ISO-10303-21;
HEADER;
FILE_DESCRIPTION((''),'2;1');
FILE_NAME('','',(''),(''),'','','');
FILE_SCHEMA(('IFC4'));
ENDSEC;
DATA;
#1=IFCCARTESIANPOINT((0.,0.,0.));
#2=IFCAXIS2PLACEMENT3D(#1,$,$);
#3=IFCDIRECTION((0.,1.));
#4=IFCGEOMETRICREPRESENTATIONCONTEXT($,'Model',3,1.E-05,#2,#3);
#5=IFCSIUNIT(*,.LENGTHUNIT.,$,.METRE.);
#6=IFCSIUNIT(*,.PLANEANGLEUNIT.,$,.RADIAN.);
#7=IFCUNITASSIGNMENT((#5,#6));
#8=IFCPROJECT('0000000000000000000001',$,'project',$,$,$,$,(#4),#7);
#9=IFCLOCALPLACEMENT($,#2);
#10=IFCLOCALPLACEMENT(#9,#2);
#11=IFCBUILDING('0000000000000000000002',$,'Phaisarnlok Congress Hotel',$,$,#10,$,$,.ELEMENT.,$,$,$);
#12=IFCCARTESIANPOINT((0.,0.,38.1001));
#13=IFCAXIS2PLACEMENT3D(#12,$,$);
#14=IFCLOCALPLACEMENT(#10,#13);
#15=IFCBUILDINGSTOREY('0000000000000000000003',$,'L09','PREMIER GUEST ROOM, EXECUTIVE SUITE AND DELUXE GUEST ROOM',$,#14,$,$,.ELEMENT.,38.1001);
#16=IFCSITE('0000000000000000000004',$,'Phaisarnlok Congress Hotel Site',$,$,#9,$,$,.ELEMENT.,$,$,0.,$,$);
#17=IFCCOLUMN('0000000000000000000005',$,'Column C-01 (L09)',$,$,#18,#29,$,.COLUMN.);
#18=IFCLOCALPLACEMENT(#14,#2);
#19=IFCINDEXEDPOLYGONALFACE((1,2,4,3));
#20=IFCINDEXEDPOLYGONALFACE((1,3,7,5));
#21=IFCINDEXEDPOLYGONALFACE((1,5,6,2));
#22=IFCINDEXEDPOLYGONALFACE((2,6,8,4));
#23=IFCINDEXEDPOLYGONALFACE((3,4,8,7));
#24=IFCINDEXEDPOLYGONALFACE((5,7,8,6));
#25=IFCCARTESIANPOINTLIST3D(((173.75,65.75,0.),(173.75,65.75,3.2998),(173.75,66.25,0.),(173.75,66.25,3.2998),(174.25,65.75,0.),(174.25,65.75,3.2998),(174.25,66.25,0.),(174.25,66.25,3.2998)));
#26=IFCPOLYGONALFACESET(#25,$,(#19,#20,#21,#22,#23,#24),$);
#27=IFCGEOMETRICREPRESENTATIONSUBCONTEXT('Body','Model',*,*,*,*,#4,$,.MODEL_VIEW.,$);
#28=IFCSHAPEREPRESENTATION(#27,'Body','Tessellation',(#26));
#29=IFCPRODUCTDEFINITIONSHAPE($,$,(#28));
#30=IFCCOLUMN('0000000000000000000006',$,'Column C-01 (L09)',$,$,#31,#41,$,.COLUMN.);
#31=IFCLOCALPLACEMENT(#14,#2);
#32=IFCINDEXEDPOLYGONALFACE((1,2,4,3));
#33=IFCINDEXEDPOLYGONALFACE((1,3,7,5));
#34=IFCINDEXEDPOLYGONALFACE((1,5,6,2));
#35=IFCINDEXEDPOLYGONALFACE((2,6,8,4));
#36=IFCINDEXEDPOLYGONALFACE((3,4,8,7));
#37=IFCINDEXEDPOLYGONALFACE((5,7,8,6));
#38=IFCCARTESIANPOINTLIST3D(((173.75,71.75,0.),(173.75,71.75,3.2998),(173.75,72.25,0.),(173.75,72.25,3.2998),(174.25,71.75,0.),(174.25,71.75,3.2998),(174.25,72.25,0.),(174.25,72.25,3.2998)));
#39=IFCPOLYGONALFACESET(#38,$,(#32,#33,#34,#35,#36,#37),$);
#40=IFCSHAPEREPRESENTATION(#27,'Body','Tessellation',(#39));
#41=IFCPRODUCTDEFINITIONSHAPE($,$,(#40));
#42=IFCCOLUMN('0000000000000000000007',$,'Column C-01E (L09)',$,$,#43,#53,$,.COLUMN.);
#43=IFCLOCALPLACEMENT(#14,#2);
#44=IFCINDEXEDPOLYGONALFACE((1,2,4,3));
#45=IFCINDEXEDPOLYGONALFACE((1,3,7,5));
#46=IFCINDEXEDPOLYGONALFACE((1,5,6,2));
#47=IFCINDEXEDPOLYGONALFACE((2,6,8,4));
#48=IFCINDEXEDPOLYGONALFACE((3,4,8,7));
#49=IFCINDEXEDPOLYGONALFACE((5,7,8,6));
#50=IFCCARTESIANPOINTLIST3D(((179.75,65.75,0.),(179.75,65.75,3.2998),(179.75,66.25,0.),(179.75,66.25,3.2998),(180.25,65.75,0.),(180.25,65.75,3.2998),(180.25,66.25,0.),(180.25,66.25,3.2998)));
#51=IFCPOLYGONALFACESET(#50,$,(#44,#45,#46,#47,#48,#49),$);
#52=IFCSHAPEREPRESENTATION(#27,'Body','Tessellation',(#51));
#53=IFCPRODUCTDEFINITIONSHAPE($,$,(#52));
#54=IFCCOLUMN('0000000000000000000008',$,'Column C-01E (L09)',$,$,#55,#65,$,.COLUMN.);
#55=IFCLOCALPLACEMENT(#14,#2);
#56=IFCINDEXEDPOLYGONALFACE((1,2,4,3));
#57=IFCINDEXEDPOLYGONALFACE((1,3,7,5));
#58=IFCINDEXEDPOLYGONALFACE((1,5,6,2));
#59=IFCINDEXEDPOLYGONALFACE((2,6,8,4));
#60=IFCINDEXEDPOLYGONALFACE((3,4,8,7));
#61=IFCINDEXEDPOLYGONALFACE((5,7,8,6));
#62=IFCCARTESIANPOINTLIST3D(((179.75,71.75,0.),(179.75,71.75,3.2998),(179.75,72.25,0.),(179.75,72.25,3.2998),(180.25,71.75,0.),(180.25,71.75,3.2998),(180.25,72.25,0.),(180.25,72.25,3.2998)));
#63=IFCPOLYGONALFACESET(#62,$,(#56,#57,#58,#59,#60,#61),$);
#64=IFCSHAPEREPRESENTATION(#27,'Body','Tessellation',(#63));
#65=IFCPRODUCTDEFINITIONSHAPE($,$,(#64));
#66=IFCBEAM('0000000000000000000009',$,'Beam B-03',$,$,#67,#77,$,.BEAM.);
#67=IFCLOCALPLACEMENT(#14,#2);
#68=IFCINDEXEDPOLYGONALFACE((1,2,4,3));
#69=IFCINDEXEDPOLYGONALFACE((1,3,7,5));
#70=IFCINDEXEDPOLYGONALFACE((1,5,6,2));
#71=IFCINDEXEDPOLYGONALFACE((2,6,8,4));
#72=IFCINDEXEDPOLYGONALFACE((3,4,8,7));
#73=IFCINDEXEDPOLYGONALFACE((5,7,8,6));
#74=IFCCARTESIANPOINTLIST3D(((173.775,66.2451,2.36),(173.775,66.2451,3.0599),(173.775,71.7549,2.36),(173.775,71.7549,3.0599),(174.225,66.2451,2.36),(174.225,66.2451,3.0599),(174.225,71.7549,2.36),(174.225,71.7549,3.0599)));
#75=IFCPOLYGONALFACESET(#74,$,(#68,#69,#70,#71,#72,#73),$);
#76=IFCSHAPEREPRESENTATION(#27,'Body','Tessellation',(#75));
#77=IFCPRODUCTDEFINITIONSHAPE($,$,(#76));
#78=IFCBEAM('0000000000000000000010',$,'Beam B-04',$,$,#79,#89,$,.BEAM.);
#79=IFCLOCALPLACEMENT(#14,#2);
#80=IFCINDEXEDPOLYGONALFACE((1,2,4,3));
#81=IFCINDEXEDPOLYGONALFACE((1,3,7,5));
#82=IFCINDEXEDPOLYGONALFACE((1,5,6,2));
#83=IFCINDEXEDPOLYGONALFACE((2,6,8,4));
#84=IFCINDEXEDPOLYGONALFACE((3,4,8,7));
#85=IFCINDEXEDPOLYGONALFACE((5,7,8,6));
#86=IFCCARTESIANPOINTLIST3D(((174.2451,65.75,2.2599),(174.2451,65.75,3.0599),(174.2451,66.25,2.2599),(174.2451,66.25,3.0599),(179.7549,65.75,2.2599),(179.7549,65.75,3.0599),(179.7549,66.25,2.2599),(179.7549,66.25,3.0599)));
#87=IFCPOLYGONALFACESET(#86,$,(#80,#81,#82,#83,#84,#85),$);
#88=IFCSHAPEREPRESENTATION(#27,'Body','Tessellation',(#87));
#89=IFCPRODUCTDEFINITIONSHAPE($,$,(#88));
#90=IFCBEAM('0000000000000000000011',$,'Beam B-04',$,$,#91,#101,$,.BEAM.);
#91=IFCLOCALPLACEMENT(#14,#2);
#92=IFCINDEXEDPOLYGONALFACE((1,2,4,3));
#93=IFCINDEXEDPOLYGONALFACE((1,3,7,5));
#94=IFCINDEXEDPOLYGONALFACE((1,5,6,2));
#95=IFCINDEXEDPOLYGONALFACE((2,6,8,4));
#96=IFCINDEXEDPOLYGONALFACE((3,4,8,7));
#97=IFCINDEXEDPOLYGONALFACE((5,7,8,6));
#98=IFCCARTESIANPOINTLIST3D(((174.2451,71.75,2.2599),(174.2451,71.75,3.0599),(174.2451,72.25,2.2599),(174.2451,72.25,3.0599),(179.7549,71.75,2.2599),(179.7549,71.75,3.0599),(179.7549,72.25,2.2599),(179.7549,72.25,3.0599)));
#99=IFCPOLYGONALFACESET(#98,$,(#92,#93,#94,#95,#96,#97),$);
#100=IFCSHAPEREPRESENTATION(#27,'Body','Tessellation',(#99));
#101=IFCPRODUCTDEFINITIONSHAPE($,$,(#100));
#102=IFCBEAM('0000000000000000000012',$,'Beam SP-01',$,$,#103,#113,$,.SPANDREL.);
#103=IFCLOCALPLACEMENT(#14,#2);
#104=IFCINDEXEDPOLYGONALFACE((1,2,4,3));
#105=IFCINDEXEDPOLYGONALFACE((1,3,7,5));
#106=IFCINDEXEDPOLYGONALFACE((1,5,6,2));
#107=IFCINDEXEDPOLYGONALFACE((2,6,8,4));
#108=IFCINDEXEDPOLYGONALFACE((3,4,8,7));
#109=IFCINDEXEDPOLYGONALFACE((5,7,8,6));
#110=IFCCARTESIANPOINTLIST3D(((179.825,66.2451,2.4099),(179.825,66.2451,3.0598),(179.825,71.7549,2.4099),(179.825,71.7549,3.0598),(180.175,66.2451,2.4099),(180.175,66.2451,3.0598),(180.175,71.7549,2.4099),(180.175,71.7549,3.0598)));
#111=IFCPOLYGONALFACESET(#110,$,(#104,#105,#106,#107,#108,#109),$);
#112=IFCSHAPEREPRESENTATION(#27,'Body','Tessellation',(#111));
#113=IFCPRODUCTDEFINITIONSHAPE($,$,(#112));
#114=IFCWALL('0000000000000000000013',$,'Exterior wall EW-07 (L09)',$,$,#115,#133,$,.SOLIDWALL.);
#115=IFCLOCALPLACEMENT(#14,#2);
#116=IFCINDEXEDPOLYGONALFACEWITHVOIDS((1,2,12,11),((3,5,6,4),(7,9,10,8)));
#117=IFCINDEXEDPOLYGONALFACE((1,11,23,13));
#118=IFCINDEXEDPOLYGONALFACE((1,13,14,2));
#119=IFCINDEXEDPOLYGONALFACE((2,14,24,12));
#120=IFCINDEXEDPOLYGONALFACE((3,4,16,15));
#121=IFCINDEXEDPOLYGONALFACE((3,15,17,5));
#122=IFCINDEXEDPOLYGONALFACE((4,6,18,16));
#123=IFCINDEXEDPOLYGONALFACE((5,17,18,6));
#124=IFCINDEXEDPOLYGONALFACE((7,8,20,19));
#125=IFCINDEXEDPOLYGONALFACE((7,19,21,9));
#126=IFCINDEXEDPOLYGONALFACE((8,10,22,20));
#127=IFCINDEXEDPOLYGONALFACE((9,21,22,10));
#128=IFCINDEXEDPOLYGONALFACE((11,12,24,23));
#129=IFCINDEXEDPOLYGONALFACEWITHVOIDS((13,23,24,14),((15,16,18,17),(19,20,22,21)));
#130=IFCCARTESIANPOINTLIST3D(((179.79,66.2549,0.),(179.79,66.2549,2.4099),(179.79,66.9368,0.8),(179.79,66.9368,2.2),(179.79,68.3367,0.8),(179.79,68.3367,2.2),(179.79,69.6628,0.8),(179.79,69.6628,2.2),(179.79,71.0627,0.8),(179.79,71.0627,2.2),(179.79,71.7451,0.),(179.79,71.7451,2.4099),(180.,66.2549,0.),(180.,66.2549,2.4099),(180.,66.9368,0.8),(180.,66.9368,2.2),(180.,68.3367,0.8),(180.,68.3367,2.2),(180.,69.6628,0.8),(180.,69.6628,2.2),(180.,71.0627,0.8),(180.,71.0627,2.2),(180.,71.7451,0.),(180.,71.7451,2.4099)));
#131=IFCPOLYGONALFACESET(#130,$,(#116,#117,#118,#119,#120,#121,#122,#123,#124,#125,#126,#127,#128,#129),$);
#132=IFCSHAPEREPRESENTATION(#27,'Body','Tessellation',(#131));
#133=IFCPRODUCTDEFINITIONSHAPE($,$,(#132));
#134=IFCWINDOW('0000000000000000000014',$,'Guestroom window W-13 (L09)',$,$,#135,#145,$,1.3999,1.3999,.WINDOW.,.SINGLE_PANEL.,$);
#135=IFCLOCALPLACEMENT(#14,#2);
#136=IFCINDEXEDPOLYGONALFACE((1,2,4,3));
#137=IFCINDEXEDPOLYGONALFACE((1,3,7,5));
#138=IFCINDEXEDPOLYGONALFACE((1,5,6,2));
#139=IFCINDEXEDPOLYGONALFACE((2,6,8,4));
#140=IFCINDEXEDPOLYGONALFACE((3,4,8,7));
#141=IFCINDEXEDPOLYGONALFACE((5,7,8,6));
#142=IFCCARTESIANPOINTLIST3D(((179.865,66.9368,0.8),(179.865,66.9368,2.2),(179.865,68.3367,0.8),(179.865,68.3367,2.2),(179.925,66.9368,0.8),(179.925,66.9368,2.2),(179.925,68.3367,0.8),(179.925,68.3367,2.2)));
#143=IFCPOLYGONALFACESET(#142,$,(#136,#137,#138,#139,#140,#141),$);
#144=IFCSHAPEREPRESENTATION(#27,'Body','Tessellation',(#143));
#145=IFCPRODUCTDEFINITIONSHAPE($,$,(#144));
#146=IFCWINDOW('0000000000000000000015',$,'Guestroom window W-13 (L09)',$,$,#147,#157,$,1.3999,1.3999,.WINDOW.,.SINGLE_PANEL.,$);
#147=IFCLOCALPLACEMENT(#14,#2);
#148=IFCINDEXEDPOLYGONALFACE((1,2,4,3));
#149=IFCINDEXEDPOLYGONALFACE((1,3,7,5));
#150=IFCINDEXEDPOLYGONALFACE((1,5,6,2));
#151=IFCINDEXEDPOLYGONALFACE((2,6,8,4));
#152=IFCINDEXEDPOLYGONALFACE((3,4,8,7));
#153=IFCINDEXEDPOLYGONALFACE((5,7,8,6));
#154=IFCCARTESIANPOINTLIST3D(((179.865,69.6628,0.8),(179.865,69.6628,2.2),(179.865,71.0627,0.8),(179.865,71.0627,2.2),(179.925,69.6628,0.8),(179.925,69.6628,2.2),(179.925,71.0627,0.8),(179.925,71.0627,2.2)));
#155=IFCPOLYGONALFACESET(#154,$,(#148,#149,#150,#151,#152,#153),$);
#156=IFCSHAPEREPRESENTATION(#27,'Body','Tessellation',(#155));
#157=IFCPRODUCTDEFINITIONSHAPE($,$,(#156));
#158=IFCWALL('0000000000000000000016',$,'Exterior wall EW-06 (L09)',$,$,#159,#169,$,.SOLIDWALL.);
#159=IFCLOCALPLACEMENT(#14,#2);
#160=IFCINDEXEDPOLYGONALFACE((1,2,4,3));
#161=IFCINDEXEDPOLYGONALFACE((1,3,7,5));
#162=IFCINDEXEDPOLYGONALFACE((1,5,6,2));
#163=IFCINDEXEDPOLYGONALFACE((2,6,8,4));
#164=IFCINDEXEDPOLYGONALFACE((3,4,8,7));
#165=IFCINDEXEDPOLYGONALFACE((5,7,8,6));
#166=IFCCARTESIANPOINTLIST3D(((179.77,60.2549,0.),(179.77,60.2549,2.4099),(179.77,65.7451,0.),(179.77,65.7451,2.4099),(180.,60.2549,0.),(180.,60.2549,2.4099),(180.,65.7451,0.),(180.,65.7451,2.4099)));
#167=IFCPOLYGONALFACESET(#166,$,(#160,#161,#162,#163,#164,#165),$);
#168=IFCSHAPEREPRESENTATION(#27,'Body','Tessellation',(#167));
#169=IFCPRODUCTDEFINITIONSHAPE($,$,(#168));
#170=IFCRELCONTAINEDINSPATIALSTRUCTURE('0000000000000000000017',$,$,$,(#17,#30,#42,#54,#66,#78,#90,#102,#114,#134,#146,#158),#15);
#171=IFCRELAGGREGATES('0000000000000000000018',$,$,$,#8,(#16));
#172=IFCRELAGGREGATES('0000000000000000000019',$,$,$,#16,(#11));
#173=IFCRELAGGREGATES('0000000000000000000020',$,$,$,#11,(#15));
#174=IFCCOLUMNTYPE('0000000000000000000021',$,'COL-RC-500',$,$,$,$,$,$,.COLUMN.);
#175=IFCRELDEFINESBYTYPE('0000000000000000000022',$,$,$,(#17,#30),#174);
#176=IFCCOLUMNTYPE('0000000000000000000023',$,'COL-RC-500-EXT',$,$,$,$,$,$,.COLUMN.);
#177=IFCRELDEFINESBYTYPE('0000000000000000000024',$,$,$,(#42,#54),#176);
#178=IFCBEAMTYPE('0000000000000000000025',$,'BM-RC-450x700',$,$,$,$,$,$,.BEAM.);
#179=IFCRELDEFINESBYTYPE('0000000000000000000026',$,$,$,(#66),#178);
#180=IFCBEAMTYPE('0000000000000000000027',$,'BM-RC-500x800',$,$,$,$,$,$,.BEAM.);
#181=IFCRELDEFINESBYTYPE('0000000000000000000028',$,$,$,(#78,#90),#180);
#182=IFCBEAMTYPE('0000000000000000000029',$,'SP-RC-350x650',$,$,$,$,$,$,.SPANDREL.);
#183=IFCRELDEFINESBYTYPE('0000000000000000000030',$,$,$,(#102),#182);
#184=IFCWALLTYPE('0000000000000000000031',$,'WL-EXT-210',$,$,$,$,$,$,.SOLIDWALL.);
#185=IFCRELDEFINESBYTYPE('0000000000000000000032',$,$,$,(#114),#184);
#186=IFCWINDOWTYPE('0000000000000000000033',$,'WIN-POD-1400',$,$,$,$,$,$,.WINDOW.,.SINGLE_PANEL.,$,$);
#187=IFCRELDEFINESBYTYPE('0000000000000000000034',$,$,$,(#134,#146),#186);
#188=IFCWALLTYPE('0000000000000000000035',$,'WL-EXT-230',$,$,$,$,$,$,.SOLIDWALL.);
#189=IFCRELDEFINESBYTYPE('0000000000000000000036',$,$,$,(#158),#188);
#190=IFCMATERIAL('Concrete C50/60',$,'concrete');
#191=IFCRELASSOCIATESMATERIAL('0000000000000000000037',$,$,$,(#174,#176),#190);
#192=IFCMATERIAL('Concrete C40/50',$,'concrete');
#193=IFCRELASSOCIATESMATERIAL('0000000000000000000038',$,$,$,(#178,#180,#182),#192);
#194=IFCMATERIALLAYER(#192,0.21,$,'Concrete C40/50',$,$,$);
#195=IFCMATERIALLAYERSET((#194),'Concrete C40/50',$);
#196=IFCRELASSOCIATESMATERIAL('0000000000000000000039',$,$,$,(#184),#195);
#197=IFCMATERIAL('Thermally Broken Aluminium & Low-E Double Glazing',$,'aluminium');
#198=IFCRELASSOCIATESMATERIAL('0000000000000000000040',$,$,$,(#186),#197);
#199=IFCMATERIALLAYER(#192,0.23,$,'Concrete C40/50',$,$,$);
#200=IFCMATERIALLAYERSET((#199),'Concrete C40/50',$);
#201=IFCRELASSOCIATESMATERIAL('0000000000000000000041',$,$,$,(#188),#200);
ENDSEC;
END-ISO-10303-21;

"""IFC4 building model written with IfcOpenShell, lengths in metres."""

from ifc_helpers import new_model, si_unit, direction, frame, frame_2d, origin, origin_2d, place, context, subcontext, project, spatial, rectangle, extrude, material, layer, layer_set, material_profile, profile_set, type_object, element, fill, save


model = new_model("IFC4")

# Units and contexts
model_context = context("Model", 3, precision=1e-05, world=origin(), true_north=direction((0.0, 1.0)))
body_context = subcontext(model_context, "Body", "Model", "MODEL_VIEW")
ifc_project = project(units=[si_unit("LENGTHUNIT", "METRE"), si_unit("PLANEANGLEUNIT", "RADIAN")], contexts=[model_context])

# Site, building, storey
site_placement = place(None, origin())
site = spatial("IfcSite", under=ifc_project, at=site_placement, Name="Phaisarnlok Congress Hotel Site", CompositionType="ELEMENT", RefElevation=0.0)
building_placement = place(site_placement, origin())
building = spatial("IfcBuilding", under=site, at=building_placement, Name="Phaisarnlok Congress Hotel", CompositionType="ELEMENT")
storey_placement = place(building_placement, frame((0.0, 0.0, 38.1001)))
storey = spatial("IfcBuildingStorey", under=building, at=storey_placement, Name="L09", Description="PREMIER GUEST ROOM, EXECUTIVE SUITE AND DELUXE GUEST ROOM", CompositionType="ELEMENT", Elevation=38.1001)

# Columns
ifc_material_1 = material(Name="Concrete C50/60", Category="concrete")
ifc_material_profile_1 = material_profile(ifc_material_1, rectangle(XDim=0.5, YDim=0.5, at=origin_2d()), Name="RC 500x500")
ifc_profile_set_1 = profile_set([ifc_material_profile_1], Name="Concrete C50/60")
column_type_1 = type_object("IfcColumnType", Name="COL-RC-500", PredefinedType="COLUMN", material=ifc_profile_set_1)
for number, where, z_axis, x_axis, name in (
    (1, (174.0, 66.0, 0.0), (0.0, 0.0, 1.0), (1.0, 0.0, 0.0), "Column C-01 (L09)"),
    (2, (174.0, 72.0, 0.0), (0.0, 0.0, 1.0), (1.0, 0.0, 0.0), "Column C-01 (L09)"),
):
    element("IfcColumn", number, at=place(storey_placement, frame(where, z_axis=z_axis, x_axis=x_axis)), inside=storey, type_object=column_type_1, Name=name, PredefinedType="COLUMN", context=body_context, shape_type="SweptSolid", body=[
        extrude(rectangle(XDim=0.5, YDim=0.5, at=origin_2d()), origin(), (0.0, 0.0, 1.0), 3.2998),
    ])
ifc_material_profile_2 = material_profile(ifc_material_1, rectangle(XDim=0.5, YDim=0.5, at=origin_2d()), Name="RC 500x500")
ifc_profile_set_2 = profile_set([ifc_material_profile_2], Name="Concrete C50/60")
column_type_2 = type_object("IfcColumnType", Name="COL-RC-500-EXT", PredefinedType="COLUMN", material=ifc_profile_set_2)
for number, where, z_axis, x_axis, name in (
    (3, (180.0, 66.0, 0.0), (0.0, 0.0, 1.0), (1.0, 0.0, 0.0), "Column C-01E (L09)"),
    (4, (180.0, 72.0, 0.0), (0.0, 0.0, 1.0), (1.0, 0.0, 0.0), "Column C-01E (L09)"),
):
    element("IfcColumn", number, at=place(storey_placement, frame(where, z_axis=z_axis, x_axis=x_axis)), inside=storey, type_object=column_type_2, Name=name, PredefinedType="COLUMN", context=body_context, shape_type="SweptSolid", body=[
        extrude(rectangle(XDim=0.5, YDim=0.5, at=origin_2d()), origin(), (0.0, 0.0, 1.0), 3.2998),
    ])

# Beams
ifc_material_2 = material(Name="Concrete C40/50", Category="concrete")
ifc_material_profile_3 = material_profile(ifc_material_2, rectangle(XDim=0.45, YDim=0.7, at=origin_2d()), Name="RC 450x700")
ifc_profile_set_3 = profile_set([ifc_material_profile_3], Name="Concrete C40/50")
beam_type_1 = type_object("IfcBeamType", Name="BM-RC-450x700", PredefinedType="BEAM", material=ifc_profile_set_3)
beam_1_placement = place(storey_placement, frame((174.0, 66.2451, 2.71), z_axis=(0.0, 1.0, 0.0), x_axis=(-1.0, 0.0, 0.0)))
element("IfcBeam", 5, at=beam_1_placement, inside=storey, type_object=beam_type_1, Name="Beam B-03", PredefinedType="BEAM", context=body_context, shape_type="SweptSolid", body=[
    extrude(rectangle(XDim=0.45, YDim=0.7, at=origin_2d()), origin(), (0.0, 0.0, 1.0), 5.5098),
])
ifc_material_profile_4 = material_profile(ifc_material_2, rectangle(XDim=0.5, YDim=0.8, at=origin_2d()), Name="RC 500x800")
ifc_profile_set_4 = profile_set([ifc_material_profile_4], Name="Concrete C40/50")
beam_type_2 = type_object("IfcBeamType", Name="BM-RC-500x800", PredefinedType="BEAM", material=ifc_profile_set_4)
for number, where, z_axis, x_axis, name in (
    (6, (174.2451, 66.0, 2.6599), (1.0, 0.0, 0.0), (0.0, 1.0, 0.0), "Beam B-04"),
    (7, (174.2451, 72.0, 2.6599), (1.0, 0.0, 0.0), (0.0, 1.0, 0.0), "Beam B-04"),
):
    element("IfcBeam", number, at=place(storey_placement, frame(where, z_axis=z_axis, x_axis=x_axis)), inside=storey, type_object=beam_type_2, Name=name, PredefinedType="BEAM", context=body_context, shape_type="SweptSolid", body=[
        extrude(rectangle(XDim=0.5, YDim=0.8, at=origin_2d()), origin(), (0.0, 0.0, 1.0), 5.5098),
    ])
ifc_material_profile_5 = material_profile(ifc_material_2, rectangle(XDim=0.3501, YDim=0.6499, at=origin_2d()), Name="RC 350x650")
ifc_profile_set_5 = profile_set([ifc_material_profile_5], Name="Concrete C40/50")
beam_type_3 = type_object("IfcBeamType", Name="SP-RC-350x650", PredefinedType="SPANDREL", material=ifc_profile_set_5)
beam_2_placement = place(storey_placement, frame((180.0, 66.2451, 2.7349), z_axis=(0.0, 1.0, 0.0), x_axis=(-1.0, 0.0, 0.0)))
element("IfcBeam", 8, at=beam_2_placement, inside=storey, type_object=beam_type_3, Name="Beam SP-01", PredefinedType="SPANDREL", context=body_context, shape_type="SweptSolid", body=[
    extrude(rectangle(XDim=0.3501, YDim=0.6499, at=origin_2d()), origin(), (0.0, 0.0, 1.0), 5.5098),
])

# Wall, openings, windows
ifc_layer_1 = layer(ifc_material_2, 0.21, Name="Concrete C40/50")
ifc_layer_set_1 = layer_set([ifc_layer_1], Name="Concrete C40/50")
wall_type_1 = type_object("IfcWallType", Name="WL-EXT-210", PredefinedType="SOLIDWALL", material=ifc_layer_set_1)
wall_1_placement = place(storey_placement, frame((179.895, 66.2549, 0.0), z_axis=(0.0, 0.0, 1.0), x_axis=(0.0, 1.0, 0.0)))
wall_1 = element("IfcWall", 9, at=wall_1_placement, inside=storey, type_object=wall_type_1, Name="Exterior wall EW-07 (L09)", PredefinedType="SOLIDWALL", context=body_context, shape_type="SweptSolid", body=[
    extrude(rectangle(XDim=5.4902, YDim=0.21, at=frame_2d((2.7451, 0.0))), origin(), (0.0, 0.0, 1.0), 2.4099),
])
opening_1_placement = place(wall_1_placement, frame((0.6819, 0.0, 0.8)))
opening_1 = element("IfcOpeningElement", 10, at=opening_1_placement, cuts=wall_1, PredefinedType="OPENING", context=body_context, shape_type="SweptSolid", body=[
    extrude(rectangle(XDim=1.3999, YDim=1.3999, at=frame_2d((0.7, 0.7))), frame((0.0, 0.115, 0.0), z_axis=(0.0, -1.0, 0.0), x_axis=(1.0, 0.0, 0.0)), (0.0, 0.0, 1.0), 0.23),
])
opening_2_placement = place(wall_1_placement, frame((3.408, 0.0, 0.8)))
opening_2 = element("IfcOpeningElement", 11, at=opening_2_placement, cuts=wall_1, PredefinedType="OPENING", context=body_context, shape_type="SweptSolid", body=[
    extrude(rectangle(XDim=1.3999, YDim=1.3999, at=frame_2d((0.7, 0.7))), frame((0.0, 0.115, 0.0), z_axis=(0.0, -1.0, 0.0), x_axis=(1.0, 0.0, 0.0)), (0.0, 0.0, 1.0), 0.23),
])
ifc_material_3 = material(Name="Thermally Broken Aluminium & Low-E Double Glazing", Category="aluminium")
window_type = type_object("IfcWindowType", Name="WIN-POD-1400", PartitioningType="SINGLE_PANEL", PredefinedType="WINDOW", material=ifc_material_3)
window_1_placement = place(opening_1_placement, origin())
window_1 = element("IfcWindow", 12, at=window_1_placement, inside=storey, type_object=window_type, Name="Guestroom window W-13 (L09)", OverallHeight=1.3999, OverallWidth=1.3999, PartitioningType="SINGLE_PANEL", PredefinedType="WINDOW", context=body_context, shape_type="SweptSolid", body=[
    extrude(rectangle(XDim=1.3999, YDim=1.3999, at=frame_2d((0.7, 0.7))), frame((0.0, 0.03, 0.0), z_axis=(0.0, -1.0, 0.0), x_axis=(1.0, 0.0, 0.0)), (0.0, 0.0, 1.0), 0.0601),
])
fill(opening_1, window_1)
window_2_placement = place(opening_2_placement, origin())
window_2 = element("IfcWindow", 13, at=window_2_placement, inside=storey, type_object=window_type, Name="Guestroom window W-13 (L09)", OverallHeight=1.3999, OverallWidth=1.3999, PartitioningType="SINGLE_PANEL", PredefinedType="WINDOW", context=body_context, shape_type="SweptSolid", body=[
    extrude(rectangle(XDim=1.3999, YDim=1.3999, at=frame_2d((0.7, 0.7))), frame((0.0, 0.03, 0.0), z_axis=(0.0, -1.0, 0.0), x_axis=(1.0, 0.0, 0.0)), (0.0, 0.0, 1.0), 0.0601),
])
fill(opening_2, window_2)

# Wall
ifc_layer_2 = layer(ifc_material_2, 0.23, Name="Concrete C40/50")
ifc_layer_set_2 = layer_set([ifc_layer_2], Name="Concrete C40/50")
wall_type_2 = type_object("IfcWallType", Name="WL-EXT-230", PredefinedType="SOLIDWALL", material=ifc_layer_set_2)
wall_2_placement = place(storey_placement, frame((179.885, 60.2549, 0.0), z_axis=(0.0, 0.0, 1.0), x_axis=(0.0, 1.0, 0.0)))
element("IfcWall", 14, at=wall_2_placement, inside=storey, type_object=wall_type_2, Name="Exterior wall EW-06 (L09)", PredefinedType="SOLIDWALL", context=body_context, shape_type="SweptSolid", body=[
    extrude(rectangle(XDim=5.4902, YDim=0.23, at=frame_2d((2.7451, 0.0))), origin(), (0.0, 0.0, 1.0), 2.4099),
])

save(model, "model.ifc")
